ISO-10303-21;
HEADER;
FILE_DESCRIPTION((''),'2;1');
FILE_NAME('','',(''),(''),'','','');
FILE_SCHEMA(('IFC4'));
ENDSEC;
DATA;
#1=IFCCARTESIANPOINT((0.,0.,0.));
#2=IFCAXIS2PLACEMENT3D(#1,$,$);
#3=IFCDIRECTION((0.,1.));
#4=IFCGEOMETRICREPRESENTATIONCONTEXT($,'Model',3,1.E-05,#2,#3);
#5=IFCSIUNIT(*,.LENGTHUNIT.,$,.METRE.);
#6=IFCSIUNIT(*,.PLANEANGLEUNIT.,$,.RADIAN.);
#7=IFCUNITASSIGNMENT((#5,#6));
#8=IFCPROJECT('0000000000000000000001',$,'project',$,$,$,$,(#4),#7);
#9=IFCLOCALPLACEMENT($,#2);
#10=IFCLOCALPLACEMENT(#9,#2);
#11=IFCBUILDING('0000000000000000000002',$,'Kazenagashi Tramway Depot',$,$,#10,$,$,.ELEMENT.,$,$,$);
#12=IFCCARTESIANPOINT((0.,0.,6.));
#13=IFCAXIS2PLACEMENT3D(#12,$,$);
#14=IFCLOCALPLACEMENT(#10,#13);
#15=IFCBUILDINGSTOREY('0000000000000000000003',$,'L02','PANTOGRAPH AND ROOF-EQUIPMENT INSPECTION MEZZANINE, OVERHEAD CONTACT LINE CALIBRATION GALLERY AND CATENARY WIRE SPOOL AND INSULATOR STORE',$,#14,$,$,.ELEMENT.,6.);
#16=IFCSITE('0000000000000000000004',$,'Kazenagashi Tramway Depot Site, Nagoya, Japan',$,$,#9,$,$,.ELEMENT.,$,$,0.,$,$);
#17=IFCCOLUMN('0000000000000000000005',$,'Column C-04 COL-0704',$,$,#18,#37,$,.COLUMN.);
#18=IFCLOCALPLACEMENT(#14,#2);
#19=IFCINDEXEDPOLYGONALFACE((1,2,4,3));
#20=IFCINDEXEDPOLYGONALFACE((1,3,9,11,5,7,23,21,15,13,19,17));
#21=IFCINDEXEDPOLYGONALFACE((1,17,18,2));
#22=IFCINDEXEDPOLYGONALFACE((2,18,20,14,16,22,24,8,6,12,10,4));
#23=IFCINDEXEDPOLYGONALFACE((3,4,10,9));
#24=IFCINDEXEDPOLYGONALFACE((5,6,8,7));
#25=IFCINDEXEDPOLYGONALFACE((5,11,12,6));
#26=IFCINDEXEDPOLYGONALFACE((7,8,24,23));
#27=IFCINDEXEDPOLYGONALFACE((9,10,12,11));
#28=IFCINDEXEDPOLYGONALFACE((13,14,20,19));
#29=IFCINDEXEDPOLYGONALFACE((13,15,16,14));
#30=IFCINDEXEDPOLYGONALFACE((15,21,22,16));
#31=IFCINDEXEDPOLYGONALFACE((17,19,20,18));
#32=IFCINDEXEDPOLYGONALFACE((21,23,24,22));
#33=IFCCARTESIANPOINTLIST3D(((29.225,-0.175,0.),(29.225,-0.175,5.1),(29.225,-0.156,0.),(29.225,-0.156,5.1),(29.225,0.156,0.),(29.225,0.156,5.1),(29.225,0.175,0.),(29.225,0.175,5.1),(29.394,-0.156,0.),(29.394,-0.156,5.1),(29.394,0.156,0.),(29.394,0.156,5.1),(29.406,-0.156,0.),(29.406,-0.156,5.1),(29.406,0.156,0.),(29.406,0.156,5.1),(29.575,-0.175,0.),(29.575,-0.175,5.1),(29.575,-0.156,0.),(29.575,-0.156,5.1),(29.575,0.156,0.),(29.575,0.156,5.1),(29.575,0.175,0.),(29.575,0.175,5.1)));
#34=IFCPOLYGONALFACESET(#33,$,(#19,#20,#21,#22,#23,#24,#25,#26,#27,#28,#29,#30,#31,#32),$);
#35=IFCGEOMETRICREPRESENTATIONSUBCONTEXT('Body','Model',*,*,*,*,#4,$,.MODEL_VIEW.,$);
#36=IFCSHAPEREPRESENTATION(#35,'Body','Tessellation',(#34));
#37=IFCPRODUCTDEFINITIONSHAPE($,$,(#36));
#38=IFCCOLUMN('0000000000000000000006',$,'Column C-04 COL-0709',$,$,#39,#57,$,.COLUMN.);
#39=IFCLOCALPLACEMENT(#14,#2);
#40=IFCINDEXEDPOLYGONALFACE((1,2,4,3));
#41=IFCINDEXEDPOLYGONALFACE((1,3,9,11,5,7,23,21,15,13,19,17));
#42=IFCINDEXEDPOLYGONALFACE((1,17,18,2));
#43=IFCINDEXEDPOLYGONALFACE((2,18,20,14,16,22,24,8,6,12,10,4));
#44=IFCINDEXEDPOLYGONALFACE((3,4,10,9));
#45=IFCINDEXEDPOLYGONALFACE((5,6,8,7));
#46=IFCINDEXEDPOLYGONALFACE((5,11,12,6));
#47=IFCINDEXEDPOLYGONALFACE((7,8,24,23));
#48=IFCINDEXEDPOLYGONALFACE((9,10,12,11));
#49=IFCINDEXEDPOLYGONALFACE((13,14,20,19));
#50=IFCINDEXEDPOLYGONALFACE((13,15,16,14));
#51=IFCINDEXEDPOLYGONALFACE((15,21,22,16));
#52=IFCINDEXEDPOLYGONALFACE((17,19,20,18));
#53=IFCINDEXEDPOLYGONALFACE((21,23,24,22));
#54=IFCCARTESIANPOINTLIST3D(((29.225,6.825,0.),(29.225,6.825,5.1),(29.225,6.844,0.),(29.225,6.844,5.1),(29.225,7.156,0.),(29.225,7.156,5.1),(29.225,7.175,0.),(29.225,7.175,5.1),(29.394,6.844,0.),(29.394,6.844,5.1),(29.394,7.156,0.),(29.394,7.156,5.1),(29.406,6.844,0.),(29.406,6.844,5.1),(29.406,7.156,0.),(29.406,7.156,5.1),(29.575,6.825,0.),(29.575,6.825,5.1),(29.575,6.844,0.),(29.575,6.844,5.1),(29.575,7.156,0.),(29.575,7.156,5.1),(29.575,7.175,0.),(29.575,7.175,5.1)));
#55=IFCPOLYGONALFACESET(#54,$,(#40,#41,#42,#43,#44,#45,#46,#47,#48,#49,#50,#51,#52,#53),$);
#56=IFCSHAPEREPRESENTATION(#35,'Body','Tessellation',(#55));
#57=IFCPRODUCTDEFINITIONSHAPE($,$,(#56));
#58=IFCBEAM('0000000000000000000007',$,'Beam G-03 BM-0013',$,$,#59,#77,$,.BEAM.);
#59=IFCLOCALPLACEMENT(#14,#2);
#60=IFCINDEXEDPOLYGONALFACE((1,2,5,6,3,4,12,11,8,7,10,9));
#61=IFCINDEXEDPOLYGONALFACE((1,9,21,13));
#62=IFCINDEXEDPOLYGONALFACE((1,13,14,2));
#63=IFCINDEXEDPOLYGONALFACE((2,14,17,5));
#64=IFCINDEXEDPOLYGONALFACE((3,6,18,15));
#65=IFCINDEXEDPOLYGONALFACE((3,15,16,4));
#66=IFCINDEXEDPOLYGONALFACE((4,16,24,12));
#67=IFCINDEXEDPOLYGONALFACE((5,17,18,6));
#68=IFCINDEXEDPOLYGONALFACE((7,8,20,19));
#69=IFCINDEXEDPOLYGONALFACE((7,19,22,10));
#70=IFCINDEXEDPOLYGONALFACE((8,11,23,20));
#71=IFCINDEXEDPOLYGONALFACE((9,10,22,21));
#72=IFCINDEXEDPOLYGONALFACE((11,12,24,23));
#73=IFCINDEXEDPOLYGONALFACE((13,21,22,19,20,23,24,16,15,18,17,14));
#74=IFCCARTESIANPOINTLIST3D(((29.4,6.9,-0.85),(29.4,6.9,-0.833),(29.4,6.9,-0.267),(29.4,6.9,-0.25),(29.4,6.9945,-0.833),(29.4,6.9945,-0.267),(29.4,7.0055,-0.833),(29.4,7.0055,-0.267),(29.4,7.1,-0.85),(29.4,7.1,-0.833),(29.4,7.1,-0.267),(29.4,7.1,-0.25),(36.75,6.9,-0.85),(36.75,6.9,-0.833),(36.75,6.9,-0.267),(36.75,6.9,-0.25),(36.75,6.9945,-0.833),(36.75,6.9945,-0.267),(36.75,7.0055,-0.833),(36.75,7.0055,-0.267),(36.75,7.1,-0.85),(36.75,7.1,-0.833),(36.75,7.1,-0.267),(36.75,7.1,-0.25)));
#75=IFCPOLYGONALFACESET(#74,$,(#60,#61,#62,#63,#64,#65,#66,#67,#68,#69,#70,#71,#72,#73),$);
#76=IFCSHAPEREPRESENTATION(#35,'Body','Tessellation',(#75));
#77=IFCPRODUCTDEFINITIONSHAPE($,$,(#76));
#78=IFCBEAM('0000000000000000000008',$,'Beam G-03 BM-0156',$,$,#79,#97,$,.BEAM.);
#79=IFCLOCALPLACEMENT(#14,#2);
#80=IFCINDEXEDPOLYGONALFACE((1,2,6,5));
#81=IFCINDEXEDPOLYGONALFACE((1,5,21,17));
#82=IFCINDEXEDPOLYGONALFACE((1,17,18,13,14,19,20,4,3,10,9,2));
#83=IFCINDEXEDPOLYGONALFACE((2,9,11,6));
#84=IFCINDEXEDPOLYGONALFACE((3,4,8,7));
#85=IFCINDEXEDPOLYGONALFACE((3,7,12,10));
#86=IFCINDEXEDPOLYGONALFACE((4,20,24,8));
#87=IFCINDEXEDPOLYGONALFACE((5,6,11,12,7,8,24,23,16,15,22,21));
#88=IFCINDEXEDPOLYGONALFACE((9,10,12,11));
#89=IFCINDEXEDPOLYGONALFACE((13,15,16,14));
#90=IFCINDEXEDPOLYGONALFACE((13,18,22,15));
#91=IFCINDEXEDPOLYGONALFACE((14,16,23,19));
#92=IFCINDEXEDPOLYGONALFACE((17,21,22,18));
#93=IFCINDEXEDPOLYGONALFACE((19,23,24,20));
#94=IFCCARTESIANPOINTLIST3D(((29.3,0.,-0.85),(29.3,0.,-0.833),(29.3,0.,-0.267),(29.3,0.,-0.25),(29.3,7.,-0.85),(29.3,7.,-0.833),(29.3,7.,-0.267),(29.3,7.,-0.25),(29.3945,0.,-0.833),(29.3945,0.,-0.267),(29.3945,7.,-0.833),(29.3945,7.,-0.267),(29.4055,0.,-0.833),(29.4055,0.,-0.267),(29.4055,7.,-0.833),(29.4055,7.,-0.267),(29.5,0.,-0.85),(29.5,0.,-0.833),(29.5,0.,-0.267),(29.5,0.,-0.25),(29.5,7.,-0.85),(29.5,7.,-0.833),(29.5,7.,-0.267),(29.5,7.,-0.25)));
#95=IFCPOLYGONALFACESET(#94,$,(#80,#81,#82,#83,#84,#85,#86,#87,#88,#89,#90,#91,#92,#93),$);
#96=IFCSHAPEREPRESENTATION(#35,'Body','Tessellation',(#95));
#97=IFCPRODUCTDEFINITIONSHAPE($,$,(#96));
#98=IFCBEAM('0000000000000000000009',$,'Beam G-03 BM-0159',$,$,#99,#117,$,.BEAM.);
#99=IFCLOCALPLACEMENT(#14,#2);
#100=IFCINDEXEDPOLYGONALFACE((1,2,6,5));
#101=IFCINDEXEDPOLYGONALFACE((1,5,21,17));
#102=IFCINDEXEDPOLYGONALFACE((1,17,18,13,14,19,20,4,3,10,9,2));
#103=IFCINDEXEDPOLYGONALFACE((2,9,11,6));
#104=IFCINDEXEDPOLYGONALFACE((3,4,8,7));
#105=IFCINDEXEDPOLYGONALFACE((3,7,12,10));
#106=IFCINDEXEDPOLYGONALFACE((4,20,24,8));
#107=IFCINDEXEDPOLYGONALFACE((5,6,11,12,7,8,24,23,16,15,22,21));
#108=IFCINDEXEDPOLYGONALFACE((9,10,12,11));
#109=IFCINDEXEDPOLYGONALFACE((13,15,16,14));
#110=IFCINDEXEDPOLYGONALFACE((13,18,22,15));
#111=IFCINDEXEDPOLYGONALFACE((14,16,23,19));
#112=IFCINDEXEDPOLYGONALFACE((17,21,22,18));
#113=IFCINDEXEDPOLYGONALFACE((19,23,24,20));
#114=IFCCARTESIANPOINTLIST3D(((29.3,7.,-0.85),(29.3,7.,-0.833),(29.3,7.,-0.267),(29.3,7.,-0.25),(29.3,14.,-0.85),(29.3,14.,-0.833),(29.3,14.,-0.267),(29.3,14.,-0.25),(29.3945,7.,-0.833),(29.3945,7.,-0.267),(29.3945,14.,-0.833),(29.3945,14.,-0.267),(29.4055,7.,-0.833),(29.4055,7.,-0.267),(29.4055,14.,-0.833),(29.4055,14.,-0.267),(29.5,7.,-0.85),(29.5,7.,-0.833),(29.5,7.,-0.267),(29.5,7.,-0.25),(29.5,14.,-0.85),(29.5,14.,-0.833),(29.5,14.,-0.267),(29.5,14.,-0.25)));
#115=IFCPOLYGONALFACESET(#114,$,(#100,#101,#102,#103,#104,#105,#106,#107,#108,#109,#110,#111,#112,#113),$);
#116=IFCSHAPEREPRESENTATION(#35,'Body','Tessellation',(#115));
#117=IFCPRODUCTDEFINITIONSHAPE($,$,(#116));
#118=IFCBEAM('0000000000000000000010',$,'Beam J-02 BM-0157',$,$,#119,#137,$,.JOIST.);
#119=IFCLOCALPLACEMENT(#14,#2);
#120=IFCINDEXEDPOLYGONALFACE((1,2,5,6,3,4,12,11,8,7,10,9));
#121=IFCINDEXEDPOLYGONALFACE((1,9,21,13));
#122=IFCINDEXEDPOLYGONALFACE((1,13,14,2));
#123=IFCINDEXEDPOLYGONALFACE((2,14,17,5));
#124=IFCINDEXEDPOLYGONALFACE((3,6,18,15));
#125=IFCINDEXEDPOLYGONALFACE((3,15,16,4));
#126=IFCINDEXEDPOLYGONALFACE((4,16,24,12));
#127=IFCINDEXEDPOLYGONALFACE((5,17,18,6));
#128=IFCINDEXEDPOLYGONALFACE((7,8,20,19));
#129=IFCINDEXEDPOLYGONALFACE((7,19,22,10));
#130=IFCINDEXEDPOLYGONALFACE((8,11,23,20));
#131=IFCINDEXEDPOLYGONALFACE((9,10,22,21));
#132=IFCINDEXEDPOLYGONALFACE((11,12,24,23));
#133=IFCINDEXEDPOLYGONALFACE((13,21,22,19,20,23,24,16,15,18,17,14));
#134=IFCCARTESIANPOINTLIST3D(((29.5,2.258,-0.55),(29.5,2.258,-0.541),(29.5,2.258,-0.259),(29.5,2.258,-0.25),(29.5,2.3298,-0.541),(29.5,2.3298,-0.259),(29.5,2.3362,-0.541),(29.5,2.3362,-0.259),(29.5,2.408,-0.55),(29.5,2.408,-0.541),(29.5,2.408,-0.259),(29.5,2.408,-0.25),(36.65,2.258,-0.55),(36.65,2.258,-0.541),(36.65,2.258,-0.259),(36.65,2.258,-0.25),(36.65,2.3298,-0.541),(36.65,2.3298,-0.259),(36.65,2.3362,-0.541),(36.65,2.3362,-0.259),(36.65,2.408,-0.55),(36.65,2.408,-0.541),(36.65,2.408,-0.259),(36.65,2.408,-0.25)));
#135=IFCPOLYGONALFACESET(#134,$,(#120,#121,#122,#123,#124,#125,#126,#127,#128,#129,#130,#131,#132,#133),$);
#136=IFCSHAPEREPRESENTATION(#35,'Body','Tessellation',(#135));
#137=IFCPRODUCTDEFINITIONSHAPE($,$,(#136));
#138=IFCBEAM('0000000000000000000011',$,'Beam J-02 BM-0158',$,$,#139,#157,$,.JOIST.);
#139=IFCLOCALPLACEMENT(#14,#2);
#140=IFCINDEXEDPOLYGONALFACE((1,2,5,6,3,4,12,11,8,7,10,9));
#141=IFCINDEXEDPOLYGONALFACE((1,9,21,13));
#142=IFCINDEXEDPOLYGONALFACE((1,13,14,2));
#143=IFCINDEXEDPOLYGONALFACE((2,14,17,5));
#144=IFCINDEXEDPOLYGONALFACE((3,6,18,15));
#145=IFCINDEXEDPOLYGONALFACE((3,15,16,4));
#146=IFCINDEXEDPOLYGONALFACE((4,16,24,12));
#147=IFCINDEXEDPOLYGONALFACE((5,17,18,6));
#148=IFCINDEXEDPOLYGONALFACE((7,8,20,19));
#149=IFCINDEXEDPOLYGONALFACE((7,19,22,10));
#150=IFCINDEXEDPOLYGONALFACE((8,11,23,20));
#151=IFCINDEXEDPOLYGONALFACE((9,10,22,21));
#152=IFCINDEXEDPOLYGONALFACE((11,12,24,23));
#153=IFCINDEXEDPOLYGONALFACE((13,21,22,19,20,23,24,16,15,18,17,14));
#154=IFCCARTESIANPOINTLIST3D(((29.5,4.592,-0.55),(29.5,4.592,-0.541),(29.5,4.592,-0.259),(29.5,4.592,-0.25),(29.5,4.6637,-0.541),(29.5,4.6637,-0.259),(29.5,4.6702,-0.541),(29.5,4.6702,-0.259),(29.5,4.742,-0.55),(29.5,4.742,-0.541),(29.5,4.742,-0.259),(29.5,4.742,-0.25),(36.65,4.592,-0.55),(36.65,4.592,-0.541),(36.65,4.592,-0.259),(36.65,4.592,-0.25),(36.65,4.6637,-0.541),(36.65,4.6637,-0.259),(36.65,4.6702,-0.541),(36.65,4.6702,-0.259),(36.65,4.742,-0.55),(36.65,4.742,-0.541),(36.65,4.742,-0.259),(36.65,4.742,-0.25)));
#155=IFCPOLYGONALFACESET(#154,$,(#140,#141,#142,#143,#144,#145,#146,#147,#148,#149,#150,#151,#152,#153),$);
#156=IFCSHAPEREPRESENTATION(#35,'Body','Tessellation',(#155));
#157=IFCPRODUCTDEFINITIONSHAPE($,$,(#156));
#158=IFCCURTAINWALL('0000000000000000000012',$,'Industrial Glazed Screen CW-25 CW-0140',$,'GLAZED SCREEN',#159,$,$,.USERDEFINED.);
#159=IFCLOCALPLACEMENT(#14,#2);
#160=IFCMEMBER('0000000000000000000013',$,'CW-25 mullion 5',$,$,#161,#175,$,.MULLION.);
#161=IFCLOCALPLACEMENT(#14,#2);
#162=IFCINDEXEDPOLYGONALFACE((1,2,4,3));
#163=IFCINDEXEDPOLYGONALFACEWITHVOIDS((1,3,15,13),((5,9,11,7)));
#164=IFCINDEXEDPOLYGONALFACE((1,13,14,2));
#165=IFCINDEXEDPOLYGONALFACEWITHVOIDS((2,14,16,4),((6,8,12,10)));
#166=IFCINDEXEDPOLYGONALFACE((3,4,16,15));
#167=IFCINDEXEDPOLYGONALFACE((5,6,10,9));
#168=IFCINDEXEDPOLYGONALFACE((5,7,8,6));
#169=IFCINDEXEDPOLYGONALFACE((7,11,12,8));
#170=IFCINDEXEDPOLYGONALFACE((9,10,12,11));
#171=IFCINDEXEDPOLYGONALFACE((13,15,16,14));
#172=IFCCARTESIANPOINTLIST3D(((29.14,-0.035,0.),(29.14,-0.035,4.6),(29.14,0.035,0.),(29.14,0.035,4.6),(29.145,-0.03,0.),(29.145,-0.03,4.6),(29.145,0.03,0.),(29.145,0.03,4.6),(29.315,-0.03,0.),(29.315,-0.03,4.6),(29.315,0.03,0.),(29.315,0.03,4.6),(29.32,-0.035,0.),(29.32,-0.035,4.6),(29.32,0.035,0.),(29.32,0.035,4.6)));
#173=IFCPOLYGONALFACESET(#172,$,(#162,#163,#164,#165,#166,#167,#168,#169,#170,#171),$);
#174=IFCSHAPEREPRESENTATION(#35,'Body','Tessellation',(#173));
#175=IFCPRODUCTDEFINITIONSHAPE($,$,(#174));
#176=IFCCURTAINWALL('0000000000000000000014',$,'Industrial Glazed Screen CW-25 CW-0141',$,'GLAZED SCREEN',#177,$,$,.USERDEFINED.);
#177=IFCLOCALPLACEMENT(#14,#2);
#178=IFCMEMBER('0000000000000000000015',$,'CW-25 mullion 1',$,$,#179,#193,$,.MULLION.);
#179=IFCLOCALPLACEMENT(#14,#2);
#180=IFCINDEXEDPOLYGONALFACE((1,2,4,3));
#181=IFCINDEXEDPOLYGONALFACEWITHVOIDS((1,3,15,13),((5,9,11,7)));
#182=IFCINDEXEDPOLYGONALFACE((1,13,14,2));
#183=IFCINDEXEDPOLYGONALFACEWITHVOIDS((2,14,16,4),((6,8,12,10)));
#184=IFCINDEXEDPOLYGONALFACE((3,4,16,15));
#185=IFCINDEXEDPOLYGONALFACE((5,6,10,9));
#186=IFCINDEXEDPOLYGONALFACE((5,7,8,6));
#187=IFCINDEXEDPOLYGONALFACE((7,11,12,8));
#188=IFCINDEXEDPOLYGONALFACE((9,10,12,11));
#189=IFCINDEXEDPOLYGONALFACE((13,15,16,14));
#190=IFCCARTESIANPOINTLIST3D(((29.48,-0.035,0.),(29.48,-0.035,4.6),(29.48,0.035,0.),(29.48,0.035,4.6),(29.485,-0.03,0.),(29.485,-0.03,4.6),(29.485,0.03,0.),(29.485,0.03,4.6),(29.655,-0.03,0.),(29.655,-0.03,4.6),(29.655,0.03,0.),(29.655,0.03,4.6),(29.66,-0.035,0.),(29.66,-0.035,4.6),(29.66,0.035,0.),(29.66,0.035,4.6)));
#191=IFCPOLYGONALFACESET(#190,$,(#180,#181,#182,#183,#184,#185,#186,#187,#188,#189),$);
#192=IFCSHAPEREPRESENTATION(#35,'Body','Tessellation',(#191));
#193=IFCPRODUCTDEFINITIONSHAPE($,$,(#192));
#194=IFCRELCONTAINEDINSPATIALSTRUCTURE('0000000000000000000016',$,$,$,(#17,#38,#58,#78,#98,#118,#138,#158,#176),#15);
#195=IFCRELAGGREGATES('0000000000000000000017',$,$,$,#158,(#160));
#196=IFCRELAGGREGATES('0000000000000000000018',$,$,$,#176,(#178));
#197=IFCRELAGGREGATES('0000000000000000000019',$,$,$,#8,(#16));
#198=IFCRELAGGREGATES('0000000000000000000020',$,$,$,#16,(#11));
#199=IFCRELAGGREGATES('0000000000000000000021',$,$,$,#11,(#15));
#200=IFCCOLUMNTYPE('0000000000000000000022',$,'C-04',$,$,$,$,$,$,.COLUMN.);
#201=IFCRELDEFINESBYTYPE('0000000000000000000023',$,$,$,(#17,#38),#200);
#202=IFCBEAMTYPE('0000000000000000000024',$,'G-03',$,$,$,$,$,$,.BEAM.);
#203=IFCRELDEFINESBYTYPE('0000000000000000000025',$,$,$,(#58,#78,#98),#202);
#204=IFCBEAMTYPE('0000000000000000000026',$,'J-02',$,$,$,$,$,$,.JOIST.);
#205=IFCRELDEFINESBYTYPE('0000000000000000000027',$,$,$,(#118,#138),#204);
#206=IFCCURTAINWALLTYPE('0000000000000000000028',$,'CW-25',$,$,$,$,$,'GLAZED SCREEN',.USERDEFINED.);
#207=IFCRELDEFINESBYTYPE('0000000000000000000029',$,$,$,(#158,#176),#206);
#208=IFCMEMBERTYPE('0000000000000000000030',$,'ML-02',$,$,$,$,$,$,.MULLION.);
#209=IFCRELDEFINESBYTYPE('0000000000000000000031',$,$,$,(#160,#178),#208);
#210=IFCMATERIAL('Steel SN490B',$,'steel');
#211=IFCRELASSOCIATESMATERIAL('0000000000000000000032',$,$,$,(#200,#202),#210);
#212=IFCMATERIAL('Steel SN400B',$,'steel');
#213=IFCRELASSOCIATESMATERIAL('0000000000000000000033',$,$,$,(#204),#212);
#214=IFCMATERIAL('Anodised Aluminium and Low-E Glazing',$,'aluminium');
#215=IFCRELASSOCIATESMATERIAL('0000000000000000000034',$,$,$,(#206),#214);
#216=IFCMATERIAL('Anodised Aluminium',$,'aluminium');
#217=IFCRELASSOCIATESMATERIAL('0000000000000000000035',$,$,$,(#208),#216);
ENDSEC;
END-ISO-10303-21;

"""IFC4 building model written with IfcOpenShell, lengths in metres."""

from ifc_helpers import new_model, si_unit, direction, frame, origin, origin_2d, place, context, subcontext, project, spatial, hollow_rectangle, i_section, extrude, material, material_profile, profile_set, type_object, element, aggregate, save


model = new_model("IFC4")

# Units and contexts
model_context = context("Model", 3, precision=1e-05, world=origin(), true_north=direction((0.0, 1.0)))
body_context = subcontext(model_context, "Body", "Model", "MODEL_VIEW")
ifc_project = project(units=[si_unit("LENGTHUNIT", "METRE"), si_unit("PLANEANGLEUNIT", "RADIAN")], contexts=[model_context])

# Site, building, storey
site_placement = place(None, origin())
site = spatial("IfcSite", under=ifc_project, at=site_placement, Name="Kazenagashi Tramway Depot Site, Nagoya, Japan", CompositionType="ELEMENT", RefElevation=0.0)
building_placement = place(site_placement, origin())
building = spatial("IfcBuilding", under=site, at=building_placement, Name="Kazenagashi Tramway Depot", CompositionType="ELEMENT")
storey_placement = place(building_placement, frame((0.0, 0.0, 6.0)))
storey = spatial("IfcBuildingStorey", under=building, at=storey_placement, Name="L02", Description="PANTOGRAPH AND ROOF-EQUIPMENT INSPECTION MEZZANINE, OVERHEAD CONTACT LINE CALIBRATION GALLERY AND CATENARY WIRE SPOOL AND INSULATOR STORE", CompositionType="ELEMENT", Elevation=6.0)

# Columns
ifc_material_1 = material(Name="Steel SN490B", Category="steel")
ifc_material_profile_1 = material_profile(ifc_material_1, i_section(OverallWidth=0.35, OverallDepth=0.35, WebThickness=0.012, FlangeThickness=0.019, at=origin_2d()), Name="H-350x350x12x19")
ifc_profile_set_1 = profile_set([ifc_material_profile_1], Name="Steel SN490B")
column_type = type_object("IfcColumnType", Name="C-04", PredefinedType="COLUMN", material=ifc_profile_set_1)
for number, where, z_axis, x_axis, name in (
    (1, (29.4, 0.0, 0.0), (0.0, 0.0, 1.0), (1.0, 0.0, 0.0), "Column C-04 COL-0704"),
    (2, (29.4, 7.0, 0.0), (0.0, 0.0, 1.0), (1.0, 0.0, 0.0), "Column C-04 COL-0709"),
):
    element("IfcColumn", number, at=place(storey_placement, frame(where, z_axis=z_axis, x_axis=x_axis)), inside=storey, type_object=column_type, Name=name, PredefinedType="COLUMN", context=body_context, shape_type="SweptSolid", body=[
        extrude(i_section(OverallWidth=0.35, OverallDepth=0.35, WebThickness=0.012, FlangeThickness=0.019, at=origin_2d()), origin(), (0.0, 0.0, 1.0), 5.1),
    ])

# Beams
ifc_material_profile_2 = material_profile(ifc_material_1, i_section(OverallWidth=0.2, OverallDepth=0.6, WebThickness=0.011, FlangeThickness=0.017, at=origin_2d()), Name="H-600x200x11x17")
ifc_profile_set_2 = profile_set([ifc_material_profile_2], Name="Steel SN490B")
beam_type_1 = type_object("IfcBeamType", Name="G-03", PredefinedType="BEAM", material=ifc_profile_set_2)
beam_1_placement = place(storey_placement, frame((29.4, 7.0, -0.55), z_axis=(1.0, 0.0, 0.0), x_axis=(0.0, 1.0, 0.0)))
element("IfcBeam", 3, at=beam_1_placement, inside=storey, type_object=beam_type_1, Name="Beam G-03 BM-0013", PredefinedType="BEAM", context=body_context, shape_type="SweptSolid", body=[
    extrude(i_section(OverallWidth=0.2, OverallDepth=0.6, WebThickness=0.011, FlangeThickness=0.017, at=origin_2d()), origin(), (0.0, 0.0, 1.0), 7.35),
])
for number, where, z_axis, x_axis, name in (
    (4, (29.4, 0.0, -0.55), (0.0, 1.0, 0.0), (-1.0, 0.0, 0.0), "Beam G-03 BM-0156"),
    (5, (29.4, 7.0, -0.55), (0.0, 1.0, 0.0), (-1.0, 0.0, 0.0), "Beam G-03 BM-0159"),
):
    element("IfcBeam", number, at=place(storey_placement, frame(where, z_axis=z_axis, x_axis=x_axis)), inside=storey, type_object=beam_type_1, Name=name, PredefinedType="BEAM", context=body_context, shape_type="SweptSolid", body=[
        extrude(i_section(OverallWidth=0.2, OverallDepth=0.6, WebThickness=0.011, FlangeThickness=0.017, at=origin_2d()), origin(), (0.0, 0.0, 1.0), 7.0),
    ])
ifc_material_2 = material(Name="Steel SN400B", Category="steel")
ifc_material_profile_3 = material_profile(ifc_material_2, i_section(OverallWidth=0.15, OverallDepth=0.3, WebThickness=0.0065, FlangeThickness=0.009, at=origin_2d()), Name="H-300x150x6.5x9")
ifc_profile_set_3 = profile_set([ifc_material_profile_3], Name="Steel SN400B")
beam_type_2 = type_object("IfcBeamType", Name="J-02", PredefinedType="JOIST", material=ifc_profile_set_3)
for number, where, z_axis, x_axis, name in (
    (6, (29.5, 2.333, -0.4), (1.0, 0.0, 0.0), (0.0, 1.0, 0.0), "Beam J-02 BM-0157"),
    (7, (29.5, 4.667, -0.4), (1.0, 0.0, 0.0), (0.0, 1.0, 0.0), "Beam J-02 BM-0158"),
):
    element("IfcBeam", number, at=place(storey_placement, frame(where, z_axis=z_axis, x_axis=x_axis)), inside=storey, type_object=beam_type_2, Name=name, PredefinedType="JOIST", context=body_context, shape_type="SweptSolid", body=[
        extrude(i_section(OverallWidth=0.15, OverallDepth=0.3, WebThickness=0.0065, FlangeThickness=0.009, at=origin_2d()), origin(), (0.0, 0.0, 1.0), 7.15),
    ])

# Curtain wall, member
ifc_material_3 = material(Name="Anodised Aluminium and Low-E Glazing", Category="aluminium")
curtain_wall_type = type_object("IfcCurtainWallType", Name="CW-25", ElementType="GLAZED SCREEN", PredefinedType="USERDEFINED", material=ifc_material_3)
curtain_wall_1_placement = place(storey_placement, origin())
curtain_wall_1 = element("IfcCurtainWall", 8, at=curtain_wall_1_placement, inside=storey, type_object=curtain_wall_type, Name="Industrial Glazed Screen CW-25 CW-0140", ObjectType="GLAZED SCREEN", PredefinedType="USERDEFINED")
ifc_material_4 = material(Name="Anodised Aluminium", Category="aluminium")
ifc_material_profile_4 = material_profile(ifc_material_4, hollow_rectangle(XDim=0.07, YDim=0.18, WallThickness=0.005, at=origin_2d()), Name="RHS-180x70x5")
ifc_profile_set_4 = profile_set([ifc_material_profile_4], Name="Anodised Aluminium")
member_type_1 = type_object("IfcMemberType", Name="ML-02", PredefinedType="MULLION", material=ifc_profile_set_4)
member_1_placement = place(storey_placement, frame((29.23, 0.0, 0.0), z_axis=(0.0, 0.0, 1.0), x_axis=(0.0, 1.0, 0.0)))
member_1 = element("IfcMember", 9, at=member_1_placement, type_object=member_type_1, Name="CW-25 mullion 5", PredefinedType="MULLION", context=body_context, shape_type="SweptSolid", body=[
    extrude(hollow_rectangle(XDim=0.07, YDim=0.18, WallThickness=0.005, at=origin_2d()), origin(), (0.0, 0.0, 1.0), 4.6),
])

# Curtain wall, member
curtain_wall_2_placement = place(storey_placement, origin())
curtain_wall_2 = element("IfcCurtainWall", 10, at=curtain_wall_2_placement, inside=storey, type_object=curtain_wall_type, Name="Industrial Glazed Screen CW-25 CW-0141", ObjectType="GLAZED SCREEN", PredefinedType="USERDEFINED")
member_2_placement = place(storey_placement, frame((29.57, 0.0, 0.0), z_axis=(0.0, 0.0, 1.0), x_axis=(0.0, 1.0, 0.0)))
member_2 = element("IfcMember", 11, at=member_2_placement, type_object=member_type_1, Name="CW-25 mullion 1", PredefinedType="MULLION", context=body_context, shape_type="SweptSolid", body=[
    extrude(hollow_rectangle(XDim=0.07, YDim=0.18, WallThickness=0.005, at=origin_2d()), origin(), (0.0, 0.0, 1.0), 4.6),
])

aggregate(curtain_wall_1, [member_1])
aggregate(curtain_wall_2, [member_2])

save(model, "model.ifc")
